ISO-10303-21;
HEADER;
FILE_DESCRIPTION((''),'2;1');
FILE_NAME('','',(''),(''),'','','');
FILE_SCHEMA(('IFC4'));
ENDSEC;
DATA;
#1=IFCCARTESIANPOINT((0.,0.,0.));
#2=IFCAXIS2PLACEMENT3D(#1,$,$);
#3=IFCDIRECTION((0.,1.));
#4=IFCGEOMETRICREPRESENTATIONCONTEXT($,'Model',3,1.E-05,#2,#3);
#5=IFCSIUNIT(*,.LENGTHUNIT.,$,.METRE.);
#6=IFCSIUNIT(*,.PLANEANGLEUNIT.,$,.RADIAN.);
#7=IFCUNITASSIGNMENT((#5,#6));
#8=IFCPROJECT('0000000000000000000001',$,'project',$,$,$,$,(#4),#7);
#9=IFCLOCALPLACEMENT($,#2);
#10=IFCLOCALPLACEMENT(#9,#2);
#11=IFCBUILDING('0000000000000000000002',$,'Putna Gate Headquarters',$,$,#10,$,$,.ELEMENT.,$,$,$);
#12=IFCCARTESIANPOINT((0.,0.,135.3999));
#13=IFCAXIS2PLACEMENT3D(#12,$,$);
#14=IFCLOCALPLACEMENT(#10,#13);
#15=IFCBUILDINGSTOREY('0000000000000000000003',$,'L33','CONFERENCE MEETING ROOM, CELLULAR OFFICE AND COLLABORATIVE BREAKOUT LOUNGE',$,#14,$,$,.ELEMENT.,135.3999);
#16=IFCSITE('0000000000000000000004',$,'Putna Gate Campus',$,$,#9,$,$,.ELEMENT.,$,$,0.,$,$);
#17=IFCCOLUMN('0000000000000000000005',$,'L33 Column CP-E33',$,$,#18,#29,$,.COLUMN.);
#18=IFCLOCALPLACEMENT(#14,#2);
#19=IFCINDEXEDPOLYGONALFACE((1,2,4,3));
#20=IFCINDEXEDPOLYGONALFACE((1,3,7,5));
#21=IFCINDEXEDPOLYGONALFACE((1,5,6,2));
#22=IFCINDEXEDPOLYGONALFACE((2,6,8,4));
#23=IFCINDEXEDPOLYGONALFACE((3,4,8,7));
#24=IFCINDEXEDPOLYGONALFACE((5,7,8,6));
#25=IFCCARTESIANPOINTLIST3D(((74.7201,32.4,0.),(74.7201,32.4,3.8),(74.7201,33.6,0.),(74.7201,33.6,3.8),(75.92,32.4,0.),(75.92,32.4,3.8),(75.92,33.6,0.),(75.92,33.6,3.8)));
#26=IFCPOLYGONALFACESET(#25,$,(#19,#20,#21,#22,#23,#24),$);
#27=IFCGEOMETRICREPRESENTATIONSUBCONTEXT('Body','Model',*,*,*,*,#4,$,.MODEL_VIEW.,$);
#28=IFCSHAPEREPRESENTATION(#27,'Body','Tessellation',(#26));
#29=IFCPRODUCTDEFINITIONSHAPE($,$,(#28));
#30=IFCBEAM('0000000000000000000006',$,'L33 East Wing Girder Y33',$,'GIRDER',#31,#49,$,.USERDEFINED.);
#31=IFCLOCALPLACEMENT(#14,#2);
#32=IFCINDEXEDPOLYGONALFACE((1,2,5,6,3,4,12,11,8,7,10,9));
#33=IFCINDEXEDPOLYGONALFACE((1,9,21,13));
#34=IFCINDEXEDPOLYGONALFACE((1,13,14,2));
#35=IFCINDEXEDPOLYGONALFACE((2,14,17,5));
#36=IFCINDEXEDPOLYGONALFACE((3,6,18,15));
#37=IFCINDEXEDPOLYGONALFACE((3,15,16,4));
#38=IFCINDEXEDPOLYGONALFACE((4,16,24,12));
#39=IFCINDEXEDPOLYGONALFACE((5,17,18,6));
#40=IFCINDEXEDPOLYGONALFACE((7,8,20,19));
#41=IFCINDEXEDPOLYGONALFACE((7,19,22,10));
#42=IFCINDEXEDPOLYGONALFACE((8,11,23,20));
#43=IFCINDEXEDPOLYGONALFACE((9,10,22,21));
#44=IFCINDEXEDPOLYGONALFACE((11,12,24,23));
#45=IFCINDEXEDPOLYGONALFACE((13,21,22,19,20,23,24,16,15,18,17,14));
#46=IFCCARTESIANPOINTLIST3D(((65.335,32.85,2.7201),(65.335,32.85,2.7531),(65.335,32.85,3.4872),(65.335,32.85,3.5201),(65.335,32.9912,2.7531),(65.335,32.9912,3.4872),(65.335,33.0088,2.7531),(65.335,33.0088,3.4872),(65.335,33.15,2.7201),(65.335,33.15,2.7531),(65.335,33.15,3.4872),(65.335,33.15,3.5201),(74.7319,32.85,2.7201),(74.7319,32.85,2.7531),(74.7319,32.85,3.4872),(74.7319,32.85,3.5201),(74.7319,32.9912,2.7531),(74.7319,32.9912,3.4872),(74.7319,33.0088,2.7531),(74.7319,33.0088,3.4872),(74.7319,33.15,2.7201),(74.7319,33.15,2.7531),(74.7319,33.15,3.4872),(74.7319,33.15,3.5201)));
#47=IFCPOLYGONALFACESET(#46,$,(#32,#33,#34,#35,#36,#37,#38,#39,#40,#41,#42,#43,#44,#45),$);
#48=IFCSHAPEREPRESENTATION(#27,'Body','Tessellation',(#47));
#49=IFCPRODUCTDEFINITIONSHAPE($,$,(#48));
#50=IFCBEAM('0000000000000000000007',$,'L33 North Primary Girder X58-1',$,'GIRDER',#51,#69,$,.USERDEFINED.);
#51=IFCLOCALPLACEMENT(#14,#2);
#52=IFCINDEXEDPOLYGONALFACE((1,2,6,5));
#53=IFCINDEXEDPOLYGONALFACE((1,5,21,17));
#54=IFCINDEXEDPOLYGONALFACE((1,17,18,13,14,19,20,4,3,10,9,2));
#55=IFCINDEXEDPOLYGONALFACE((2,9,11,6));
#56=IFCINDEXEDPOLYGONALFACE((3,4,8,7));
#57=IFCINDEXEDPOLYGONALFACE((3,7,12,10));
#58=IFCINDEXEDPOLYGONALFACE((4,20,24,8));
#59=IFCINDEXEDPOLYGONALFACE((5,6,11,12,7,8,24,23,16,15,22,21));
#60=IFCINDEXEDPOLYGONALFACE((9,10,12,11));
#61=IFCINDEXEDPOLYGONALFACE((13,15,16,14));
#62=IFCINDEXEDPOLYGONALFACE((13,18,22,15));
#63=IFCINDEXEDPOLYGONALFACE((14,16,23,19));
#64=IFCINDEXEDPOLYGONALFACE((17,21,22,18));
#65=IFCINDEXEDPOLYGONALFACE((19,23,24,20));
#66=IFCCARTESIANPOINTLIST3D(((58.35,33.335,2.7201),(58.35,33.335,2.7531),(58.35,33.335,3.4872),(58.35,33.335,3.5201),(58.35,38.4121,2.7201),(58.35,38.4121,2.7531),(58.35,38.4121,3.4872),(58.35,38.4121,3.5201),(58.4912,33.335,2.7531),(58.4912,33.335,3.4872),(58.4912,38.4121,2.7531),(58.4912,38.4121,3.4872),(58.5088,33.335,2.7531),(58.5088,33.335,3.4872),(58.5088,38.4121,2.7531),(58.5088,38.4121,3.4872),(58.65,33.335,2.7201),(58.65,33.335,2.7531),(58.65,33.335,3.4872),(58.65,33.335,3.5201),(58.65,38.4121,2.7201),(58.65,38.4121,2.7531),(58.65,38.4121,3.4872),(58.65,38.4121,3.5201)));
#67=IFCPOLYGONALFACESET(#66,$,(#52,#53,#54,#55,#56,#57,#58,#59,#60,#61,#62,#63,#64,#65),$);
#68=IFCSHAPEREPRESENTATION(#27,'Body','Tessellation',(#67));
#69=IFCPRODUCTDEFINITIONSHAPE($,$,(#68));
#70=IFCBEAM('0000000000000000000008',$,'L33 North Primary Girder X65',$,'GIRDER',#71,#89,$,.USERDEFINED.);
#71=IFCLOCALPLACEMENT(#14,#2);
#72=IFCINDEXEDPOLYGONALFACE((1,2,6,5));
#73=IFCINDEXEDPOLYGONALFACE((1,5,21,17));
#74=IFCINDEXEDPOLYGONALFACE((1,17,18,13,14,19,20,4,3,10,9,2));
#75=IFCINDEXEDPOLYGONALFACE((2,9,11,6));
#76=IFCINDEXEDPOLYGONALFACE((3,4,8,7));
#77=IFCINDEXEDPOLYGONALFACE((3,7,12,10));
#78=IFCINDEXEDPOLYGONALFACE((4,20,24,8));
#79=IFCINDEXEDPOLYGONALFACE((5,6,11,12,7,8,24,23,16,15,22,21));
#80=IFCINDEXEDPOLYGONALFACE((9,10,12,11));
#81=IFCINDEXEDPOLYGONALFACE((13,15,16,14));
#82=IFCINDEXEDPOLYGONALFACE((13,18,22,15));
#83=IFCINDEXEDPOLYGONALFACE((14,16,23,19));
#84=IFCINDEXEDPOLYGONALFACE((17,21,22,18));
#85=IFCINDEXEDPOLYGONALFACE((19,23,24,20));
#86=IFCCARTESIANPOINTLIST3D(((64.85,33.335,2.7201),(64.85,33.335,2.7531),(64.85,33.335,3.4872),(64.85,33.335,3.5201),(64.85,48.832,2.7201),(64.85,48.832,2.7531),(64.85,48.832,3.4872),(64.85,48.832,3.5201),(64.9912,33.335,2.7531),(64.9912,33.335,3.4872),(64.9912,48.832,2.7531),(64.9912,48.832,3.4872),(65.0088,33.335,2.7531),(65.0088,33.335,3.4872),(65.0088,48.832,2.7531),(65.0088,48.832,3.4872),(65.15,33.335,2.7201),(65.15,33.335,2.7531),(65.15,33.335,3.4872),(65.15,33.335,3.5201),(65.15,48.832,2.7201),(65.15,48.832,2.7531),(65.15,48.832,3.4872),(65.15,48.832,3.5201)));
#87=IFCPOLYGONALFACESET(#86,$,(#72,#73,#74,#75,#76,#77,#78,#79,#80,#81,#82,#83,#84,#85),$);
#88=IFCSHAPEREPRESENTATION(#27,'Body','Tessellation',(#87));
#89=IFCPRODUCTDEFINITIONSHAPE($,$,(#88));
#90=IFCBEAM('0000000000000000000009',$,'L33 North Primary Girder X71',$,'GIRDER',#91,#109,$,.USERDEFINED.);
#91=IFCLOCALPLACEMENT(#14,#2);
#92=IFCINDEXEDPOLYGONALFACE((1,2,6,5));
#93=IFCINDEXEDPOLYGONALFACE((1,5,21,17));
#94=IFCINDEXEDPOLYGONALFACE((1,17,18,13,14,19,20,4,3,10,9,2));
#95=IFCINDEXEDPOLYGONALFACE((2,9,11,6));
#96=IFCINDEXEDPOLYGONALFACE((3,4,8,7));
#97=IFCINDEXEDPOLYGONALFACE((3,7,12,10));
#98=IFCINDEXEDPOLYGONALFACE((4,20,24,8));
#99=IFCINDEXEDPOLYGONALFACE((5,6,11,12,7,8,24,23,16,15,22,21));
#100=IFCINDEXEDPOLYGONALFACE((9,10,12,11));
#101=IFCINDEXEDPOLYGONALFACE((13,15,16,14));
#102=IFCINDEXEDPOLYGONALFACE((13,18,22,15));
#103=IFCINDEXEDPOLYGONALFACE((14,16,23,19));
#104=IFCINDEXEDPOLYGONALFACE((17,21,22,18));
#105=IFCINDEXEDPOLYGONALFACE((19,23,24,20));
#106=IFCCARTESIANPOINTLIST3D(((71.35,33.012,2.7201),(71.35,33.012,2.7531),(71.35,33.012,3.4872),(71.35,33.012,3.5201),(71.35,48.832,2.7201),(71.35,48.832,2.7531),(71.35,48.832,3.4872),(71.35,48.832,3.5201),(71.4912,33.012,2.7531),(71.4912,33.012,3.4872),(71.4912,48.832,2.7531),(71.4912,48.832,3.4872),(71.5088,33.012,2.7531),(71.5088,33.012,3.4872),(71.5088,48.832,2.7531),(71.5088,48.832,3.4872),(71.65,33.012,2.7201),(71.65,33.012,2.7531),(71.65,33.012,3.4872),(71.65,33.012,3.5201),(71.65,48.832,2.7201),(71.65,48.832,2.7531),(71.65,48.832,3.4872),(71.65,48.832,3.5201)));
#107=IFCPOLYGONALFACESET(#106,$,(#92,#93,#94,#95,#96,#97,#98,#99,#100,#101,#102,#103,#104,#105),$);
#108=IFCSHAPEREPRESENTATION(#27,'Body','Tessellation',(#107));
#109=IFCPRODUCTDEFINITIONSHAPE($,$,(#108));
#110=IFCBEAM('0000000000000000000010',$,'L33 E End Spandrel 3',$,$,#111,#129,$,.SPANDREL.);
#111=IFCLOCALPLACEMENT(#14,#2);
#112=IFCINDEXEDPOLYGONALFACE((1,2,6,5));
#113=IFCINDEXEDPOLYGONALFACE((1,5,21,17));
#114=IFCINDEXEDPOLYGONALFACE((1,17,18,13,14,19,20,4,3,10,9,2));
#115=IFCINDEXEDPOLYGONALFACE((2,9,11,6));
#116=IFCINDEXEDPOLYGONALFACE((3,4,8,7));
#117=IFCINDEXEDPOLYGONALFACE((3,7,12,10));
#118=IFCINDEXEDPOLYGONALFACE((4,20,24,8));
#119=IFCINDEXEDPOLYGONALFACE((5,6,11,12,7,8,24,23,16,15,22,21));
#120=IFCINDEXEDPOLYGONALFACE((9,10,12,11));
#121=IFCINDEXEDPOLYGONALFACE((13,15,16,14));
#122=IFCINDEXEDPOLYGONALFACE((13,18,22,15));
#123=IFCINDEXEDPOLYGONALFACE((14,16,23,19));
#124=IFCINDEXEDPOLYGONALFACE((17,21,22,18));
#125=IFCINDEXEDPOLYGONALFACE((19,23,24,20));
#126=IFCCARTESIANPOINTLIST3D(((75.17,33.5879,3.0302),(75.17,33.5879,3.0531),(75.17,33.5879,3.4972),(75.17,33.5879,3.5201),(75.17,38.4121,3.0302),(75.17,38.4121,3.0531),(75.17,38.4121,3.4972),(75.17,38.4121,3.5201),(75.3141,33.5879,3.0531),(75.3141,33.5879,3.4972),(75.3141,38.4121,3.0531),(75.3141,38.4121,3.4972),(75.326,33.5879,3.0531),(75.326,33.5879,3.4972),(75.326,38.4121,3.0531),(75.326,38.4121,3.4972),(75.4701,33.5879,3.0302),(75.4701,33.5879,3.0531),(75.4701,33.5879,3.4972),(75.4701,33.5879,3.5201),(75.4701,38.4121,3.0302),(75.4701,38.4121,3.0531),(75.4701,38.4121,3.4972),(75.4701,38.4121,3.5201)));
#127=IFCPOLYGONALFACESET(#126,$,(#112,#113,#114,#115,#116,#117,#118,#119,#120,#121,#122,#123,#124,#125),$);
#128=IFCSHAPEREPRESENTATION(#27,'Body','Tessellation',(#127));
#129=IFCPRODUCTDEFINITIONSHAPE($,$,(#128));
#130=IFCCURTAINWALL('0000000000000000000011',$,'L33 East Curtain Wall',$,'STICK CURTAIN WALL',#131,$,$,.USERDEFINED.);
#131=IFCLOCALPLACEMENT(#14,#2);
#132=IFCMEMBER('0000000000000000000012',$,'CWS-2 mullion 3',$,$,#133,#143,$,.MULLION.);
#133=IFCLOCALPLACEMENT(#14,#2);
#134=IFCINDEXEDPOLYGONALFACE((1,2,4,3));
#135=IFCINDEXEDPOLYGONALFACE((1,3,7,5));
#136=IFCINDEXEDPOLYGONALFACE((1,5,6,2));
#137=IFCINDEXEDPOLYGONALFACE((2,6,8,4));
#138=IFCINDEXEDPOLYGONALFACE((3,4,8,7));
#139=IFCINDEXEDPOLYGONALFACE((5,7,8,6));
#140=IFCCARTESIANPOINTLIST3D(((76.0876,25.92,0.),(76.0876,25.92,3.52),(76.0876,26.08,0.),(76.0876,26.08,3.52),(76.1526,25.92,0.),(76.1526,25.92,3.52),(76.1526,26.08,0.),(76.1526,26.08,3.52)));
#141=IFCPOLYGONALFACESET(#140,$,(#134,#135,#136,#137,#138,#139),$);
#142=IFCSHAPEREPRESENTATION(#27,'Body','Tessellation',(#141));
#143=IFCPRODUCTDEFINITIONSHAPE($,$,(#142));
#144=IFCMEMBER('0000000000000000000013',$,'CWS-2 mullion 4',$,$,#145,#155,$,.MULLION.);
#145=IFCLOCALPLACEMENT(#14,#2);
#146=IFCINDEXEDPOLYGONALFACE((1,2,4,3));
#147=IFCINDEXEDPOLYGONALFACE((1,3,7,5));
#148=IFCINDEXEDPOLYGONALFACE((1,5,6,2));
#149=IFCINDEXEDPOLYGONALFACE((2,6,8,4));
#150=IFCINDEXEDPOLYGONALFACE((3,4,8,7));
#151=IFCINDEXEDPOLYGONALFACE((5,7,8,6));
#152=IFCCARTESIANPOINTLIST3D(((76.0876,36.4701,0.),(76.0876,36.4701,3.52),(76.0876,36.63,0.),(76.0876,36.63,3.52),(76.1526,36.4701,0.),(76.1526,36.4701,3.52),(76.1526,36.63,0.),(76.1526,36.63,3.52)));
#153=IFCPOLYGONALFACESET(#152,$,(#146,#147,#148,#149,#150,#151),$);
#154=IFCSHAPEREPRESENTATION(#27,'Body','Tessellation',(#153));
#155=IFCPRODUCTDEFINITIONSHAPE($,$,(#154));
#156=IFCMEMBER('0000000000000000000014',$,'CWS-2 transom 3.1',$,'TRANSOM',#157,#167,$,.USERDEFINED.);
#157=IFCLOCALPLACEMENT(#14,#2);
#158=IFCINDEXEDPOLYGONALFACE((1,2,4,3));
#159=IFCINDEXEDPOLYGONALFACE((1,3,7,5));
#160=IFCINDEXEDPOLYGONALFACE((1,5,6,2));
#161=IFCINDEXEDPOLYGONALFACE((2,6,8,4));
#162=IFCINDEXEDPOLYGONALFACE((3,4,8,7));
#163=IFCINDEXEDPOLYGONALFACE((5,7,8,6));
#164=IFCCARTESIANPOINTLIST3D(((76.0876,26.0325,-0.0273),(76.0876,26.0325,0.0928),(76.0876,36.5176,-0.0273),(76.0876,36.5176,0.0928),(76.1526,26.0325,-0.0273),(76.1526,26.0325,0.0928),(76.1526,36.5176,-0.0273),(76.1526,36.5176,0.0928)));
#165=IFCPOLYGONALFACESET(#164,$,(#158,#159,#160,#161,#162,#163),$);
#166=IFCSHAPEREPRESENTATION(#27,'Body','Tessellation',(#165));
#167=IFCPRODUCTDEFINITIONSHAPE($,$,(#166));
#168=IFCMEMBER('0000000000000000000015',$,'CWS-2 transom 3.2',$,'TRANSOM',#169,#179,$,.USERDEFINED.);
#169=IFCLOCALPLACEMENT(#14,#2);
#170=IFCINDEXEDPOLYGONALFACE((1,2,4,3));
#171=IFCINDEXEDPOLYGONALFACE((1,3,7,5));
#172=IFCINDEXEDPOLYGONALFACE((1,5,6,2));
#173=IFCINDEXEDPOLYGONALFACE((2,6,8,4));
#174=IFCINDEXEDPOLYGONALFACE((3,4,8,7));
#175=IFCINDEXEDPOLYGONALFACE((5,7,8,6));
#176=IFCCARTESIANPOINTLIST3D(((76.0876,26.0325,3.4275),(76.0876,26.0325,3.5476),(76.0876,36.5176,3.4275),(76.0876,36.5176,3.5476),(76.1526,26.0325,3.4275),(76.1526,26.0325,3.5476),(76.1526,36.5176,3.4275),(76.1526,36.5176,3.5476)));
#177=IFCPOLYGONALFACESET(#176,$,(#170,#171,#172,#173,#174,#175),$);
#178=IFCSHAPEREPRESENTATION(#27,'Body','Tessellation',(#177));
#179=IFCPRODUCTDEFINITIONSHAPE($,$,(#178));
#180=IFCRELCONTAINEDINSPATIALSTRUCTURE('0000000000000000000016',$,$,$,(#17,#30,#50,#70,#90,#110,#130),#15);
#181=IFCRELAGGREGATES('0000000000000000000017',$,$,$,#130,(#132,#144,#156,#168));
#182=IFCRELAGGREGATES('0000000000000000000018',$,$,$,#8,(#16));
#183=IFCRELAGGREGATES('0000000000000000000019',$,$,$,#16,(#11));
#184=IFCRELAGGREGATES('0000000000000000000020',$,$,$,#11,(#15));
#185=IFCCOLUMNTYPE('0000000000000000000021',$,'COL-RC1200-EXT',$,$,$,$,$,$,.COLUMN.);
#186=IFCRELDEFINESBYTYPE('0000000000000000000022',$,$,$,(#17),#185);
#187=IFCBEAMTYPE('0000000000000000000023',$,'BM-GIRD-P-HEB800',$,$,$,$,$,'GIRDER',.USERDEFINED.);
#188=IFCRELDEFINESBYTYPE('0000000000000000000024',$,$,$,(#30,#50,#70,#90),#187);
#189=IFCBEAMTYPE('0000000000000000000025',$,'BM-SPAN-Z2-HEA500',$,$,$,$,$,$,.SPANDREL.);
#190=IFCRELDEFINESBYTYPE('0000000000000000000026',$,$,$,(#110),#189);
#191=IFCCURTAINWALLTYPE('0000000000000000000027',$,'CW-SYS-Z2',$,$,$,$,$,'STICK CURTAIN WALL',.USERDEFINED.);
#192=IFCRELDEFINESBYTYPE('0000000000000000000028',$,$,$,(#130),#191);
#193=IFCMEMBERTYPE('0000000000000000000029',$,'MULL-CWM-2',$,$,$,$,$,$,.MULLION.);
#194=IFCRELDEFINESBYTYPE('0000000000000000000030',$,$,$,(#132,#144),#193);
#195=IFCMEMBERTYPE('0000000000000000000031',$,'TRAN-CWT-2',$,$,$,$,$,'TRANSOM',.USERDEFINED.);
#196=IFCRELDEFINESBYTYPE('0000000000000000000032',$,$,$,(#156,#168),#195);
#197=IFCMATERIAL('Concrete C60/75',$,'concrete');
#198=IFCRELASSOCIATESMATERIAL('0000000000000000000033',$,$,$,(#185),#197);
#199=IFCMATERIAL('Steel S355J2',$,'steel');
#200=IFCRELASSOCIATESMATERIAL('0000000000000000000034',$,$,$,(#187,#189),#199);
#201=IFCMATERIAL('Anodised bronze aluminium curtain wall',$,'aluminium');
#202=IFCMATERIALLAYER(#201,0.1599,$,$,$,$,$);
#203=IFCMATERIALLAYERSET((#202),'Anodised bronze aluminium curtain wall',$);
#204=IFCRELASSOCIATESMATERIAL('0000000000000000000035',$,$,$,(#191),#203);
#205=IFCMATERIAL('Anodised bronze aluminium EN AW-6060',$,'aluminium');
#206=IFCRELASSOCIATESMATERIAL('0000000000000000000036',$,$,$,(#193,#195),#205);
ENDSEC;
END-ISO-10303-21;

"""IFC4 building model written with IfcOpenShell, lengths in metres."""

from ifc_helpers import new_model, si_unit, direction, frame, origin, origin_2d, place, context, subcontext, project, spatial, rectangle, i_section, extrude, material, layer, layer_set, material_profile, profile_set, type_object, element, aggregate, save


model = new_model("IFC4")

# Units and contexts
model_context = context("Model", 3, precision=1e-05, world=origin(), true_north=direction((0.0, 1.0)))
body_context = subcontext(model_context, "Body", "Model", "MODEL_VIEW")
ifc_project = project(units=[si_unit("LENGTHUNIT", "METRE"), si_unit("PLANEANGLEUNIT", "RADIAN")], contexts=[model_context])

# Site, building, storey
site_placement = place(None, origin())
site = spatial("IfcSite", under=ifc_project, at=site_placement, Name="Putna Gate Campus", CompositionType="ELEMENT", RefElevation=0.0)
building_placement = place(site_placement, origin())
building = spatial("IfcBuilding", under=site, at=building_placement, Name="Putna Gate Headquarters", CompositionType="ELEMENT")
storey_placement = place(building_placement, frame((0.0, 0.0, 135.3999)))
storey = spatial("IfcBuildingStorey", under=building, at=storey_placement, Name="L33", Description="CONFERENCE MEETING ROOM, CELLULAR OFFICE AND COLLABORATIVE BREAKOUT LOUNGE", CompositionType="ELEMENT", Elevation=135.3999)

# Column
ifc_material_1 = material(Name="Concrete C60/75", Category="concrete")
ifc_material_profile_1 = material_profile(ifc_material_1, rectangle(XDim=1.2, YDim=1.2, at=origin_2d()), Name="Concrete C60/75")
ifc_profile_set_1 = profile_set([ifc_material_profile_1], Name="Concrete C60/75")
column_type = type_object("IfcColumnType", Name="COL-RC1200-EXT", PredefinedType="COLUMN", material=ifc_profile_set_1)
column_placement = place(storey_placement, frame((75.3201, 33.0, 0.0), z_axis=(0.0, 0.0, 1.0), x_axis=(1.0, 0.0, 0.0)))
element("IfcColumn", 1, at=column_placement, inside=storey, type_object=column_type, Name="L33 Column CP-E33", PredefinedType="COLUMN", context=body_context, shape_type="SweptSolid", body=[
    extrude(rectangle(XDim=1.2, YDim=1.2, at=origin_2d()), origin(), (0.0, 0.0, 1.0), 3.8),
])

# Beams
ifc_material_2 = material(Name="Steel S355J2", Category="steel")
ifc_material_profile_2 = material_profile(ifc_material_2, i_section(OverallWidth=0.3, OverallDepth=0.8, WebThickness=0.0176, FlangeThickness=0.033, at=origin_2d()), Name="Steel S355J2")
ifc_profile_set_2 = profile_set([ifc_material_profile_2], Name="Steel S355J2")
beam_type_1 = type_object("IfcBeamType", Name="BM-GIRD-P-HEB800", ElementType="GIRDER", PredefinedType="USERDEFINED", material=ifc_profile_set_2)
beam_1_placement = place(storey_placement, frame((65.335, 33.0, 3.1201), z_axis=(1.0, 0.0, 0.0), x_axis=(0.0, 1.0, 0.0)))
element("IfcBeam", 2, at=beam_1_placement, inside=storey, type_object=beam_type_1, Name="L33 East Wing Girder Y33", ObjectType="GIRDER", PredefinedType="USERDEFINED", context=body_context, shape_type="SweptSolid", body=[
    extrude(i_section(OverallWidth=0.3, OverallDepth=0.8, WebThickness=0.0176, FlangeThickness=0.033, at=origin_2d()), origin(), (0.0, 0.0, 1.0), 9.397),
])
beam_2_placement = place(storey_placement, frame((58.5, 33.335, 3.1201), z_axis=(0.0, 1.0, 0.0), x_axis=(-1.0, 0.0, 0.0)))
element("IfcBeam", 3, at=beam_2_placement, inside=storey, type_object=beam_type_1, Name="L33 North Primary Girder X58-1", ObjectType="GIRDER", PredefinedType="USERDEFINED", context=body_context, shape_type="SweptSolid", body=[
    extrude(i_section(OverallWidth=0.3, OverallDepth=0.8, WebThickness=0.0176, FlangeThickness=0.033, at=origin_2d()), origin(), (0.0, 0.0, 1.0), 5.0771),
])
beam_3_placement = place(storey_placement, frame((65.0, 33.335, 3.1201), z_axis=(0.0, 1.0, 0.0), x_axis=(-1.0, 0.0, 0.0)))
element("IfcBeam", 4, at=beam_3_placement, inside=storey, type_object=beam_type_1, Name="L33 North Primary Girder X65", ObjectType="GIRDER", PredefinedType="USERDEFINED", context=body_context, shape_type="SweptSolid", body=[
    extrude(i_section(OverallWidth=0.3, OverallDepth=0.8, WebThickness=0.0176, FlangeThickness=0.033, at=origin_2d()), origin(), (0.0, 0.0, 1.0), 15.4971),
])
beam_4_placement = place(storey_placement, frame((71.5, 33.012, 3.1201), z_axis=(0.0, 1.0, 0.0), x_axis=(-1.0, 0.0, 0.0)))
element("IfcBeam", 5, at=beam_4_placement, inside=storey, type_object=beam_type_1, Name="L33 North Primary Girder X71", ObjectType="GIRDER", PredefinedType="USERDEFINED", context=body_context, shape_type="SweptSolid", body=[
    extrude(i_section(OverallWidth=0.3, OverallDepth=0.8, WebThickness=0.0176, FlangeThickness=0.033, at=origin_2d()), origin(), (0.0, 0.0, 1.0), 15.8201),
])
ifc_material_profile_3 = material_profile(ifc_material_2, i_section(OverallWidth=0.3, OverallDepth=0.49, WebThickness=0.012, FlangeThickness=0.0229, at=origin_2d()), Name="Steel S355J2")
ifc_profile_set_3 = profile_set([ifc_material_profile_3], Name="Steel S355J2")
beam_type_2 = type_object("IfcBeamType", Name="BM-SPAN-Z2-HEA500", PredefinedType="SPANDREL", material=ifc_profile_set_3)
beam_5_placement = place(storey_placement, frame((75.3201, 33.5879, 3.2751), z_axis=(0.0, 1.0, 0.0), x_axis=(-1.0, 0.0, 0.0)))
element("IfcBeam", 6, at=beam_5_placement, inside=storey, type_object=beam_type_2, Name="L33 E End Spandrel 3", PredefinedType="SPANDREL", context=body_context, shape_type="SweptSolid", body=[
    extrude(i_section(OverallWidth=0.3, OverallDepth=0.49, WebThickness=0.012, FlangeThickness=0.0229, at=origin_2d()), origin(), (0.0, 0.0, 1.0), 4.8242),
])

# Curtain wall, members
ifc_material_3 = material(Name="Anodised bronze aluminium curtain wall", Category="aluminium")
ifc_layer_1 = layer(ifc_material_3, 0.1599)
ifc_layer_set_1 = layer_set([ifc_layer_1], Name="Anodised bronze aluminium curtain wall")
curtain_wall_type = type_object("IfcCurtainWallType", Name="CW-SYS-Z2", ElementType="STICK CURTAIN WALL", PredefinedType="USERDEFINED", material=ifc_layer_set_1)
curtain_wall_placement = place(storey_placement, origin())
curtain_wall = element("IfcCurtainWall", 7, at=curtain_wall_placement, inside=storey, type_object=curtain_wall_type, Name="L33 East Curtain Wall", ObjectType="STICK CURTAIN WALL", PredefinedType="USERDEFINED")
ifc_material_4 = material(Name="Anodised bronze aluminium EN AW-6060", Category="aluminium")
ifc_material_profile_4 = material_profile(ifc_material_4, rectangle(XDim=0.0649, YDim=0.1599, at=origin_2d()), Name="Anodised bronze aluminium EN AW-6060")
ifc_profile_set_4 = profile_set([ifc_material_profile_4], Name="Anodised bronze aluminium EN AW-6060")
member_type_1 = type_object("IfcMemberType", Name="MULL-CWM-2", PredefinedType="MULLION", material=ifc_profile_set_4)
member_1_placement = place(storey_placement, frame((76.1201, 26.0, 0.0), z_axis=(0.0, 0.0, 1.0), x_axis=(-1.0, 0.0, 0.0)))
member_1 = element("IfcMember", 8, at=member_1_placement, type_object=member_type_1, Name="CWS-2 mullion 3", PredefinedType="MULLION", context=body_context, shape_type="SweptSolid", body=[
    extrude(rectangle(XDim=0.0649, YDim=0.1599, at=origin_2d()), origin(), (0.0, 0.0, 1.0), 3.52),
])
member_2_placement = place(storey_placement, frame((76.1201, 36.55, 0.0), z_axis=(0.0, 0.0, 1.0), x_axis=(-1.0, 0.0, 0.0)))
member_2 = element("IfcMember", 9, at=member_2_placement, type_object=member_type_1, Name="CWS-2 mullion 4", PredefinedType="MULLION", context=body_context, shape_type="SweptSolid", body=[
    extrude(rectangle(XDim=0.0649, YDim=0.1599, at=origin_2d()), origin(), (0.0, 0.0, 1.0), 3.52),
])
ifc_material_profile_5 = material_profile(ifc_material_4, rectangle(XDim=0.0649, YDim=0.1201, at=origin_2d()), Name="Anodised bronze aluminium EN AW-6060")
ifc_profile_set_5 = profile_set([ifc_material_profile_5], Name="Anodised bronze aluminium EN AW-6060")
member_type_2 = type_object("IfcMemberType", Name="TRAN-CWT-2", ElementType="TRANSOM", PredefinedType="USERDEFINED", material=ifc_profile_set_5)
member_3_placement = place(storey_placement, frame((76.1201, 26.0325, 0.0327), z_axis=(0.0, 1.0, 0.0), x_axis=(-1.0, 0.0, 0.0)))
member_3 = element("IfcMember", 10, at=member_3_placement, type_object=member_type_2, Name="CWS-2 transom 3.1", ObjectType="TRANSOM", PredefinedType="USERDEFINED", context=body_context, shape_type="SweptSolid", body=[
    extrude(rectangle(XDim=0.0649, YDim=0.1201, at=origin_2d()), origin(), (0.0, 0.0, 1.0), 10.4851),
])
member_4_placement = place(storey_placement, frame((76.1201, 26.0325, 3.4875), z_axis=(0.0, 1.0, 0.0), x_axis=(-1.0, 0.0, 0.0)))
member_4 = element("IfcMember", 11, at=member_4_placement, type_object=member_type_2, Name="CWS-2 transom 3.2", ObjectType="TRANSOM", PredefinedType="USERDEFINED", context=body_context, shape_type="SweptSolid", body=[
    extrude(rectangle(XDim=0.0649, YDim=0.1201, at=origin_2d()), origin(), (0.0, 0.0, 1.0), 10.4851),
])
aggregate(curtain_wall, [member_1, member_2, member_3, member_4])

save(model, "model.ifc")
